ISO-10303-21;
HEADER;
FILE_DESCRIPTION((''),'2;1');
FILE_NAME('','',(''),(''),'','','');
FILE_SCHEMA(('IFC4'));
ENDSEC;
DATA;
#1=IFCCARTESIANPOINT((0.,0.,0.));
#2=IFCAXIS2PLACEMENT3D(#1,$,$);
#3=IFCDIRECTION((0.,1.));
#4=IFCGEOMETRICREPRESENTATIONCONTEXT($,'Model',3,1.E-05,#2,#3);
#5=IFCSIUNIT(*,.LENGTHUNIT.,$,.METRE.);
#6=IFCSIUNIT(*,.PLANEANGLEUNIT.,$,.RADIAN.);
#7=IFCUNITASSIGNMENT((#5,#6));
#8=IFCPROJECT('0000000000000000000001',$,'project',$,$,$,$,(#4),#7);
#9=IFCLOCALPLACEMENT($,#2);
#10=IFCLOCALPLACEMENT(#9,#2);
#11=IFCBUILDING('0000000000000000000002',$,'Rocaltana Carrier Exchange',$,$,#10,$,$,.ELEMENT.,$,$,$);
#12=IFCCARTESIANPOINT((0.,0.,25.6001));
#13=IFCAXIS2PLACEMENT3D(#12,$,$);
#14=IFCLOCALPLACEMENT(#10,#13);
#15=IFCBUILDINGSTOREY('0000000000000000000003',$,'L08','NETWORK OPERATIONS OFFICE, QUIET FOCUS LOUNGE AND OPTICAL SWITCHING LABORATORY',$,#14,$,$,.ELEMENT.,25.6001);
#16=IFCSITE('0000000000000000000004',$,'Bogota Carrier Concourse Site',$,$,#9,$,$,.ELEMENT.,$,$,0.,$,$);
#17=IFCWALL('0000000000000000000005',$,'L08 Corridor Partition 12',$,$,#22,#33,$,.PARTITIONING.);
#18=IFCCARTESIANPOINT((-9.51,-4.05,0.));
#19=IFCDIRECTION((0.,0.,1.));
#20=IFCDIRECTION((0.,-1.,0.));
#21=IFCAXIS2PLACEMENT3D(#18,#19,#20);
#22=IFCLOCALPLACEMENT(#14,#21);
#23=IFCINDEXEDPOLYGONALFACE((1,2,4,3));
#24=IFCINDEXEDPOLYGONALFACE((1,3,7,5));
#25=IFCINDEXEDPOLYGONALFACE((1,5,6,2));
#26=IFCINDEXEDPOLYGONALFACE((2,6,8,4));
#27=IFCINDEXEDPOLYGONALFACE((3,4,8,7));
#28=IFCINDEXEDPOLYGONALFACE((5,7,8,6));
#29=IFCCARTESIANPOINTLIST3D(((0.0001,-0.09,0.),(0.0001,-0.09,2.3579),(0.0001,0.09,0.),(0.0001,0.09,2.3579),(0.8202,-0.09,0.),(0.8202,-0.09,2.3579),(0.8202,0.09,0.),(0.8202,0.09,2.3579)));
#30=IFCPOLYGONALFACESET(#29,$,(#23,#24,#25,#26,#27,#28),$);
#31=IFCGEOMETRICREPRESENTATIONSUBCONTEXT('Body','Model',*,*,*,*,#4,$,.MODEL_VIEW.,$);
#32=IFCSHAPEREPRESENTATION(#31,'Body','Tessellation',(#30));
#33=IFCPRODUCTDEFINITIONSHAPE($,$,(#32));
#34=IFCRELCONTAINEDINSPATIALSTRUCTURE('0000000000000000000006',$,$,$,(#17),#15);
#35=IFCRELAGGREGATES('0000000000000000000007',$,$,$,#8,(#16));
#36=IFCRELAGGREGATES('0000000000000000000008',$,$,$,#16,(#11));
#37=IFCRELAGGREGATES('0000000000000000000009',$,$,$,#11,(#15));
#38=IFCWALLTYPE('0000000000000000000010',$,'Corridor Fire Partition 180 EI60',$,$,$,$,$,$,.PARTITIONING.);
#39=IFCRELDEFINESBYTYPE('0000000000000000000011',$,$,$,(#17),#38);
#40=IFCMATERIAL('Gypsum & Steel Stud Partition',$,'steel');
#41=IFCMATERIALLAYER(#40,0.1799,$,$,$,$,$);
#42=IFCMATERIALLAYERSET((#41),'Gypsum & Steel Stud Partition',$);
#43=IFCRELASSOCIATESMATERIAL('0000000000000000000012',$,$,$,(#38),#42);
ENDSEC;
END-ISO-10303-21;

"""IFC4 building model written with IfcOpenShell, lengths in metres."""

from ifc_helpers import new_model, si_unit, direction, frame, frame_2d, origin, place, context, subcontext, project, spatial, rectangle, extrude, material, layer, layer_set, type_object, element, save


model = new_model("IFC4")

# Units and contexts
model_context = context("Model", 3, precision=1e-05, world=origin(), true_north=direction((0.0, 1.0)))
body_context = subcontext(model_context, "Body", "Model", "MODEL_VIEW")
ifc_project = project(units=[si_unit("LENGTHUNIT", "METRE"), si_unit("PLANEANGLEUNIT", "RADIAN")], contexts=[model_context])

# Site, building, storey
site_placement = place(None, origin())
site = spatial("IfcSite", under=ifc_project, at=site_placement, Name="Bogota Carrier Concourse Site", CompositionType="ELEMENT", RefElevation=0.0)
building_placement = place(site_placement, origin())
building = spatial("IfcBuilding", under=site, at=building_placement, Name="Rocaltana Carrier Exchange", CompositionType="ELEMENT")
storey_placement = place(building_placement, frame((0.0, 0.0, 25.6001)))
storey = spatial("IfcBuildingStorey", under=building, at=storey_placement, Name="L08", Description="NETWORK OPERATIONS OFFICE, QUIET FOCUS LOUNGE AND OPTICAL SWITCHING LABORATORY", CompositionType="ELEMENT", Elevation=25.6001)

# Shared definitions
ifc_material_1 = material(Name="Gypsum & Steel Stud Partition", Category="steel")
ifc_layer_1 = layer(ifc_material_1, 0.1799)
ifc_layer_set_1 = layer_set([ifc_layer_1], Name="Gypsum & Steel Stud Partition")
wall_type_1 = type_object("IfcWallType", Name="Corridor Fire Partition 180 EI60", PredefinedType="PARTITIONING", material=ifc_layer_set_1)

# Wall
wall_1_placement = place(storey_placement, frame((-9.51, -4.05, 0.0), z_axis=(0.0, 0.0, 1.0), x_axis=(0.0, -1.0, 0.0)))
element("IfcWall", 1, at=wall_1_placement, inside=storey, type_object=wall_type_1, Name="L08 Corridor Partition 12", PredefinedType="PARTITIONING", context=body_context, shape_type="SweptSolid", body=[
    extrude(rectangle(XDim=0.8201, YDim=0.1799, at=frame_2d((0.4102, 0.0))), origin(), (0.0, 0.0, 1.0), 2.3579),
])

save(model, "model.ifc")
